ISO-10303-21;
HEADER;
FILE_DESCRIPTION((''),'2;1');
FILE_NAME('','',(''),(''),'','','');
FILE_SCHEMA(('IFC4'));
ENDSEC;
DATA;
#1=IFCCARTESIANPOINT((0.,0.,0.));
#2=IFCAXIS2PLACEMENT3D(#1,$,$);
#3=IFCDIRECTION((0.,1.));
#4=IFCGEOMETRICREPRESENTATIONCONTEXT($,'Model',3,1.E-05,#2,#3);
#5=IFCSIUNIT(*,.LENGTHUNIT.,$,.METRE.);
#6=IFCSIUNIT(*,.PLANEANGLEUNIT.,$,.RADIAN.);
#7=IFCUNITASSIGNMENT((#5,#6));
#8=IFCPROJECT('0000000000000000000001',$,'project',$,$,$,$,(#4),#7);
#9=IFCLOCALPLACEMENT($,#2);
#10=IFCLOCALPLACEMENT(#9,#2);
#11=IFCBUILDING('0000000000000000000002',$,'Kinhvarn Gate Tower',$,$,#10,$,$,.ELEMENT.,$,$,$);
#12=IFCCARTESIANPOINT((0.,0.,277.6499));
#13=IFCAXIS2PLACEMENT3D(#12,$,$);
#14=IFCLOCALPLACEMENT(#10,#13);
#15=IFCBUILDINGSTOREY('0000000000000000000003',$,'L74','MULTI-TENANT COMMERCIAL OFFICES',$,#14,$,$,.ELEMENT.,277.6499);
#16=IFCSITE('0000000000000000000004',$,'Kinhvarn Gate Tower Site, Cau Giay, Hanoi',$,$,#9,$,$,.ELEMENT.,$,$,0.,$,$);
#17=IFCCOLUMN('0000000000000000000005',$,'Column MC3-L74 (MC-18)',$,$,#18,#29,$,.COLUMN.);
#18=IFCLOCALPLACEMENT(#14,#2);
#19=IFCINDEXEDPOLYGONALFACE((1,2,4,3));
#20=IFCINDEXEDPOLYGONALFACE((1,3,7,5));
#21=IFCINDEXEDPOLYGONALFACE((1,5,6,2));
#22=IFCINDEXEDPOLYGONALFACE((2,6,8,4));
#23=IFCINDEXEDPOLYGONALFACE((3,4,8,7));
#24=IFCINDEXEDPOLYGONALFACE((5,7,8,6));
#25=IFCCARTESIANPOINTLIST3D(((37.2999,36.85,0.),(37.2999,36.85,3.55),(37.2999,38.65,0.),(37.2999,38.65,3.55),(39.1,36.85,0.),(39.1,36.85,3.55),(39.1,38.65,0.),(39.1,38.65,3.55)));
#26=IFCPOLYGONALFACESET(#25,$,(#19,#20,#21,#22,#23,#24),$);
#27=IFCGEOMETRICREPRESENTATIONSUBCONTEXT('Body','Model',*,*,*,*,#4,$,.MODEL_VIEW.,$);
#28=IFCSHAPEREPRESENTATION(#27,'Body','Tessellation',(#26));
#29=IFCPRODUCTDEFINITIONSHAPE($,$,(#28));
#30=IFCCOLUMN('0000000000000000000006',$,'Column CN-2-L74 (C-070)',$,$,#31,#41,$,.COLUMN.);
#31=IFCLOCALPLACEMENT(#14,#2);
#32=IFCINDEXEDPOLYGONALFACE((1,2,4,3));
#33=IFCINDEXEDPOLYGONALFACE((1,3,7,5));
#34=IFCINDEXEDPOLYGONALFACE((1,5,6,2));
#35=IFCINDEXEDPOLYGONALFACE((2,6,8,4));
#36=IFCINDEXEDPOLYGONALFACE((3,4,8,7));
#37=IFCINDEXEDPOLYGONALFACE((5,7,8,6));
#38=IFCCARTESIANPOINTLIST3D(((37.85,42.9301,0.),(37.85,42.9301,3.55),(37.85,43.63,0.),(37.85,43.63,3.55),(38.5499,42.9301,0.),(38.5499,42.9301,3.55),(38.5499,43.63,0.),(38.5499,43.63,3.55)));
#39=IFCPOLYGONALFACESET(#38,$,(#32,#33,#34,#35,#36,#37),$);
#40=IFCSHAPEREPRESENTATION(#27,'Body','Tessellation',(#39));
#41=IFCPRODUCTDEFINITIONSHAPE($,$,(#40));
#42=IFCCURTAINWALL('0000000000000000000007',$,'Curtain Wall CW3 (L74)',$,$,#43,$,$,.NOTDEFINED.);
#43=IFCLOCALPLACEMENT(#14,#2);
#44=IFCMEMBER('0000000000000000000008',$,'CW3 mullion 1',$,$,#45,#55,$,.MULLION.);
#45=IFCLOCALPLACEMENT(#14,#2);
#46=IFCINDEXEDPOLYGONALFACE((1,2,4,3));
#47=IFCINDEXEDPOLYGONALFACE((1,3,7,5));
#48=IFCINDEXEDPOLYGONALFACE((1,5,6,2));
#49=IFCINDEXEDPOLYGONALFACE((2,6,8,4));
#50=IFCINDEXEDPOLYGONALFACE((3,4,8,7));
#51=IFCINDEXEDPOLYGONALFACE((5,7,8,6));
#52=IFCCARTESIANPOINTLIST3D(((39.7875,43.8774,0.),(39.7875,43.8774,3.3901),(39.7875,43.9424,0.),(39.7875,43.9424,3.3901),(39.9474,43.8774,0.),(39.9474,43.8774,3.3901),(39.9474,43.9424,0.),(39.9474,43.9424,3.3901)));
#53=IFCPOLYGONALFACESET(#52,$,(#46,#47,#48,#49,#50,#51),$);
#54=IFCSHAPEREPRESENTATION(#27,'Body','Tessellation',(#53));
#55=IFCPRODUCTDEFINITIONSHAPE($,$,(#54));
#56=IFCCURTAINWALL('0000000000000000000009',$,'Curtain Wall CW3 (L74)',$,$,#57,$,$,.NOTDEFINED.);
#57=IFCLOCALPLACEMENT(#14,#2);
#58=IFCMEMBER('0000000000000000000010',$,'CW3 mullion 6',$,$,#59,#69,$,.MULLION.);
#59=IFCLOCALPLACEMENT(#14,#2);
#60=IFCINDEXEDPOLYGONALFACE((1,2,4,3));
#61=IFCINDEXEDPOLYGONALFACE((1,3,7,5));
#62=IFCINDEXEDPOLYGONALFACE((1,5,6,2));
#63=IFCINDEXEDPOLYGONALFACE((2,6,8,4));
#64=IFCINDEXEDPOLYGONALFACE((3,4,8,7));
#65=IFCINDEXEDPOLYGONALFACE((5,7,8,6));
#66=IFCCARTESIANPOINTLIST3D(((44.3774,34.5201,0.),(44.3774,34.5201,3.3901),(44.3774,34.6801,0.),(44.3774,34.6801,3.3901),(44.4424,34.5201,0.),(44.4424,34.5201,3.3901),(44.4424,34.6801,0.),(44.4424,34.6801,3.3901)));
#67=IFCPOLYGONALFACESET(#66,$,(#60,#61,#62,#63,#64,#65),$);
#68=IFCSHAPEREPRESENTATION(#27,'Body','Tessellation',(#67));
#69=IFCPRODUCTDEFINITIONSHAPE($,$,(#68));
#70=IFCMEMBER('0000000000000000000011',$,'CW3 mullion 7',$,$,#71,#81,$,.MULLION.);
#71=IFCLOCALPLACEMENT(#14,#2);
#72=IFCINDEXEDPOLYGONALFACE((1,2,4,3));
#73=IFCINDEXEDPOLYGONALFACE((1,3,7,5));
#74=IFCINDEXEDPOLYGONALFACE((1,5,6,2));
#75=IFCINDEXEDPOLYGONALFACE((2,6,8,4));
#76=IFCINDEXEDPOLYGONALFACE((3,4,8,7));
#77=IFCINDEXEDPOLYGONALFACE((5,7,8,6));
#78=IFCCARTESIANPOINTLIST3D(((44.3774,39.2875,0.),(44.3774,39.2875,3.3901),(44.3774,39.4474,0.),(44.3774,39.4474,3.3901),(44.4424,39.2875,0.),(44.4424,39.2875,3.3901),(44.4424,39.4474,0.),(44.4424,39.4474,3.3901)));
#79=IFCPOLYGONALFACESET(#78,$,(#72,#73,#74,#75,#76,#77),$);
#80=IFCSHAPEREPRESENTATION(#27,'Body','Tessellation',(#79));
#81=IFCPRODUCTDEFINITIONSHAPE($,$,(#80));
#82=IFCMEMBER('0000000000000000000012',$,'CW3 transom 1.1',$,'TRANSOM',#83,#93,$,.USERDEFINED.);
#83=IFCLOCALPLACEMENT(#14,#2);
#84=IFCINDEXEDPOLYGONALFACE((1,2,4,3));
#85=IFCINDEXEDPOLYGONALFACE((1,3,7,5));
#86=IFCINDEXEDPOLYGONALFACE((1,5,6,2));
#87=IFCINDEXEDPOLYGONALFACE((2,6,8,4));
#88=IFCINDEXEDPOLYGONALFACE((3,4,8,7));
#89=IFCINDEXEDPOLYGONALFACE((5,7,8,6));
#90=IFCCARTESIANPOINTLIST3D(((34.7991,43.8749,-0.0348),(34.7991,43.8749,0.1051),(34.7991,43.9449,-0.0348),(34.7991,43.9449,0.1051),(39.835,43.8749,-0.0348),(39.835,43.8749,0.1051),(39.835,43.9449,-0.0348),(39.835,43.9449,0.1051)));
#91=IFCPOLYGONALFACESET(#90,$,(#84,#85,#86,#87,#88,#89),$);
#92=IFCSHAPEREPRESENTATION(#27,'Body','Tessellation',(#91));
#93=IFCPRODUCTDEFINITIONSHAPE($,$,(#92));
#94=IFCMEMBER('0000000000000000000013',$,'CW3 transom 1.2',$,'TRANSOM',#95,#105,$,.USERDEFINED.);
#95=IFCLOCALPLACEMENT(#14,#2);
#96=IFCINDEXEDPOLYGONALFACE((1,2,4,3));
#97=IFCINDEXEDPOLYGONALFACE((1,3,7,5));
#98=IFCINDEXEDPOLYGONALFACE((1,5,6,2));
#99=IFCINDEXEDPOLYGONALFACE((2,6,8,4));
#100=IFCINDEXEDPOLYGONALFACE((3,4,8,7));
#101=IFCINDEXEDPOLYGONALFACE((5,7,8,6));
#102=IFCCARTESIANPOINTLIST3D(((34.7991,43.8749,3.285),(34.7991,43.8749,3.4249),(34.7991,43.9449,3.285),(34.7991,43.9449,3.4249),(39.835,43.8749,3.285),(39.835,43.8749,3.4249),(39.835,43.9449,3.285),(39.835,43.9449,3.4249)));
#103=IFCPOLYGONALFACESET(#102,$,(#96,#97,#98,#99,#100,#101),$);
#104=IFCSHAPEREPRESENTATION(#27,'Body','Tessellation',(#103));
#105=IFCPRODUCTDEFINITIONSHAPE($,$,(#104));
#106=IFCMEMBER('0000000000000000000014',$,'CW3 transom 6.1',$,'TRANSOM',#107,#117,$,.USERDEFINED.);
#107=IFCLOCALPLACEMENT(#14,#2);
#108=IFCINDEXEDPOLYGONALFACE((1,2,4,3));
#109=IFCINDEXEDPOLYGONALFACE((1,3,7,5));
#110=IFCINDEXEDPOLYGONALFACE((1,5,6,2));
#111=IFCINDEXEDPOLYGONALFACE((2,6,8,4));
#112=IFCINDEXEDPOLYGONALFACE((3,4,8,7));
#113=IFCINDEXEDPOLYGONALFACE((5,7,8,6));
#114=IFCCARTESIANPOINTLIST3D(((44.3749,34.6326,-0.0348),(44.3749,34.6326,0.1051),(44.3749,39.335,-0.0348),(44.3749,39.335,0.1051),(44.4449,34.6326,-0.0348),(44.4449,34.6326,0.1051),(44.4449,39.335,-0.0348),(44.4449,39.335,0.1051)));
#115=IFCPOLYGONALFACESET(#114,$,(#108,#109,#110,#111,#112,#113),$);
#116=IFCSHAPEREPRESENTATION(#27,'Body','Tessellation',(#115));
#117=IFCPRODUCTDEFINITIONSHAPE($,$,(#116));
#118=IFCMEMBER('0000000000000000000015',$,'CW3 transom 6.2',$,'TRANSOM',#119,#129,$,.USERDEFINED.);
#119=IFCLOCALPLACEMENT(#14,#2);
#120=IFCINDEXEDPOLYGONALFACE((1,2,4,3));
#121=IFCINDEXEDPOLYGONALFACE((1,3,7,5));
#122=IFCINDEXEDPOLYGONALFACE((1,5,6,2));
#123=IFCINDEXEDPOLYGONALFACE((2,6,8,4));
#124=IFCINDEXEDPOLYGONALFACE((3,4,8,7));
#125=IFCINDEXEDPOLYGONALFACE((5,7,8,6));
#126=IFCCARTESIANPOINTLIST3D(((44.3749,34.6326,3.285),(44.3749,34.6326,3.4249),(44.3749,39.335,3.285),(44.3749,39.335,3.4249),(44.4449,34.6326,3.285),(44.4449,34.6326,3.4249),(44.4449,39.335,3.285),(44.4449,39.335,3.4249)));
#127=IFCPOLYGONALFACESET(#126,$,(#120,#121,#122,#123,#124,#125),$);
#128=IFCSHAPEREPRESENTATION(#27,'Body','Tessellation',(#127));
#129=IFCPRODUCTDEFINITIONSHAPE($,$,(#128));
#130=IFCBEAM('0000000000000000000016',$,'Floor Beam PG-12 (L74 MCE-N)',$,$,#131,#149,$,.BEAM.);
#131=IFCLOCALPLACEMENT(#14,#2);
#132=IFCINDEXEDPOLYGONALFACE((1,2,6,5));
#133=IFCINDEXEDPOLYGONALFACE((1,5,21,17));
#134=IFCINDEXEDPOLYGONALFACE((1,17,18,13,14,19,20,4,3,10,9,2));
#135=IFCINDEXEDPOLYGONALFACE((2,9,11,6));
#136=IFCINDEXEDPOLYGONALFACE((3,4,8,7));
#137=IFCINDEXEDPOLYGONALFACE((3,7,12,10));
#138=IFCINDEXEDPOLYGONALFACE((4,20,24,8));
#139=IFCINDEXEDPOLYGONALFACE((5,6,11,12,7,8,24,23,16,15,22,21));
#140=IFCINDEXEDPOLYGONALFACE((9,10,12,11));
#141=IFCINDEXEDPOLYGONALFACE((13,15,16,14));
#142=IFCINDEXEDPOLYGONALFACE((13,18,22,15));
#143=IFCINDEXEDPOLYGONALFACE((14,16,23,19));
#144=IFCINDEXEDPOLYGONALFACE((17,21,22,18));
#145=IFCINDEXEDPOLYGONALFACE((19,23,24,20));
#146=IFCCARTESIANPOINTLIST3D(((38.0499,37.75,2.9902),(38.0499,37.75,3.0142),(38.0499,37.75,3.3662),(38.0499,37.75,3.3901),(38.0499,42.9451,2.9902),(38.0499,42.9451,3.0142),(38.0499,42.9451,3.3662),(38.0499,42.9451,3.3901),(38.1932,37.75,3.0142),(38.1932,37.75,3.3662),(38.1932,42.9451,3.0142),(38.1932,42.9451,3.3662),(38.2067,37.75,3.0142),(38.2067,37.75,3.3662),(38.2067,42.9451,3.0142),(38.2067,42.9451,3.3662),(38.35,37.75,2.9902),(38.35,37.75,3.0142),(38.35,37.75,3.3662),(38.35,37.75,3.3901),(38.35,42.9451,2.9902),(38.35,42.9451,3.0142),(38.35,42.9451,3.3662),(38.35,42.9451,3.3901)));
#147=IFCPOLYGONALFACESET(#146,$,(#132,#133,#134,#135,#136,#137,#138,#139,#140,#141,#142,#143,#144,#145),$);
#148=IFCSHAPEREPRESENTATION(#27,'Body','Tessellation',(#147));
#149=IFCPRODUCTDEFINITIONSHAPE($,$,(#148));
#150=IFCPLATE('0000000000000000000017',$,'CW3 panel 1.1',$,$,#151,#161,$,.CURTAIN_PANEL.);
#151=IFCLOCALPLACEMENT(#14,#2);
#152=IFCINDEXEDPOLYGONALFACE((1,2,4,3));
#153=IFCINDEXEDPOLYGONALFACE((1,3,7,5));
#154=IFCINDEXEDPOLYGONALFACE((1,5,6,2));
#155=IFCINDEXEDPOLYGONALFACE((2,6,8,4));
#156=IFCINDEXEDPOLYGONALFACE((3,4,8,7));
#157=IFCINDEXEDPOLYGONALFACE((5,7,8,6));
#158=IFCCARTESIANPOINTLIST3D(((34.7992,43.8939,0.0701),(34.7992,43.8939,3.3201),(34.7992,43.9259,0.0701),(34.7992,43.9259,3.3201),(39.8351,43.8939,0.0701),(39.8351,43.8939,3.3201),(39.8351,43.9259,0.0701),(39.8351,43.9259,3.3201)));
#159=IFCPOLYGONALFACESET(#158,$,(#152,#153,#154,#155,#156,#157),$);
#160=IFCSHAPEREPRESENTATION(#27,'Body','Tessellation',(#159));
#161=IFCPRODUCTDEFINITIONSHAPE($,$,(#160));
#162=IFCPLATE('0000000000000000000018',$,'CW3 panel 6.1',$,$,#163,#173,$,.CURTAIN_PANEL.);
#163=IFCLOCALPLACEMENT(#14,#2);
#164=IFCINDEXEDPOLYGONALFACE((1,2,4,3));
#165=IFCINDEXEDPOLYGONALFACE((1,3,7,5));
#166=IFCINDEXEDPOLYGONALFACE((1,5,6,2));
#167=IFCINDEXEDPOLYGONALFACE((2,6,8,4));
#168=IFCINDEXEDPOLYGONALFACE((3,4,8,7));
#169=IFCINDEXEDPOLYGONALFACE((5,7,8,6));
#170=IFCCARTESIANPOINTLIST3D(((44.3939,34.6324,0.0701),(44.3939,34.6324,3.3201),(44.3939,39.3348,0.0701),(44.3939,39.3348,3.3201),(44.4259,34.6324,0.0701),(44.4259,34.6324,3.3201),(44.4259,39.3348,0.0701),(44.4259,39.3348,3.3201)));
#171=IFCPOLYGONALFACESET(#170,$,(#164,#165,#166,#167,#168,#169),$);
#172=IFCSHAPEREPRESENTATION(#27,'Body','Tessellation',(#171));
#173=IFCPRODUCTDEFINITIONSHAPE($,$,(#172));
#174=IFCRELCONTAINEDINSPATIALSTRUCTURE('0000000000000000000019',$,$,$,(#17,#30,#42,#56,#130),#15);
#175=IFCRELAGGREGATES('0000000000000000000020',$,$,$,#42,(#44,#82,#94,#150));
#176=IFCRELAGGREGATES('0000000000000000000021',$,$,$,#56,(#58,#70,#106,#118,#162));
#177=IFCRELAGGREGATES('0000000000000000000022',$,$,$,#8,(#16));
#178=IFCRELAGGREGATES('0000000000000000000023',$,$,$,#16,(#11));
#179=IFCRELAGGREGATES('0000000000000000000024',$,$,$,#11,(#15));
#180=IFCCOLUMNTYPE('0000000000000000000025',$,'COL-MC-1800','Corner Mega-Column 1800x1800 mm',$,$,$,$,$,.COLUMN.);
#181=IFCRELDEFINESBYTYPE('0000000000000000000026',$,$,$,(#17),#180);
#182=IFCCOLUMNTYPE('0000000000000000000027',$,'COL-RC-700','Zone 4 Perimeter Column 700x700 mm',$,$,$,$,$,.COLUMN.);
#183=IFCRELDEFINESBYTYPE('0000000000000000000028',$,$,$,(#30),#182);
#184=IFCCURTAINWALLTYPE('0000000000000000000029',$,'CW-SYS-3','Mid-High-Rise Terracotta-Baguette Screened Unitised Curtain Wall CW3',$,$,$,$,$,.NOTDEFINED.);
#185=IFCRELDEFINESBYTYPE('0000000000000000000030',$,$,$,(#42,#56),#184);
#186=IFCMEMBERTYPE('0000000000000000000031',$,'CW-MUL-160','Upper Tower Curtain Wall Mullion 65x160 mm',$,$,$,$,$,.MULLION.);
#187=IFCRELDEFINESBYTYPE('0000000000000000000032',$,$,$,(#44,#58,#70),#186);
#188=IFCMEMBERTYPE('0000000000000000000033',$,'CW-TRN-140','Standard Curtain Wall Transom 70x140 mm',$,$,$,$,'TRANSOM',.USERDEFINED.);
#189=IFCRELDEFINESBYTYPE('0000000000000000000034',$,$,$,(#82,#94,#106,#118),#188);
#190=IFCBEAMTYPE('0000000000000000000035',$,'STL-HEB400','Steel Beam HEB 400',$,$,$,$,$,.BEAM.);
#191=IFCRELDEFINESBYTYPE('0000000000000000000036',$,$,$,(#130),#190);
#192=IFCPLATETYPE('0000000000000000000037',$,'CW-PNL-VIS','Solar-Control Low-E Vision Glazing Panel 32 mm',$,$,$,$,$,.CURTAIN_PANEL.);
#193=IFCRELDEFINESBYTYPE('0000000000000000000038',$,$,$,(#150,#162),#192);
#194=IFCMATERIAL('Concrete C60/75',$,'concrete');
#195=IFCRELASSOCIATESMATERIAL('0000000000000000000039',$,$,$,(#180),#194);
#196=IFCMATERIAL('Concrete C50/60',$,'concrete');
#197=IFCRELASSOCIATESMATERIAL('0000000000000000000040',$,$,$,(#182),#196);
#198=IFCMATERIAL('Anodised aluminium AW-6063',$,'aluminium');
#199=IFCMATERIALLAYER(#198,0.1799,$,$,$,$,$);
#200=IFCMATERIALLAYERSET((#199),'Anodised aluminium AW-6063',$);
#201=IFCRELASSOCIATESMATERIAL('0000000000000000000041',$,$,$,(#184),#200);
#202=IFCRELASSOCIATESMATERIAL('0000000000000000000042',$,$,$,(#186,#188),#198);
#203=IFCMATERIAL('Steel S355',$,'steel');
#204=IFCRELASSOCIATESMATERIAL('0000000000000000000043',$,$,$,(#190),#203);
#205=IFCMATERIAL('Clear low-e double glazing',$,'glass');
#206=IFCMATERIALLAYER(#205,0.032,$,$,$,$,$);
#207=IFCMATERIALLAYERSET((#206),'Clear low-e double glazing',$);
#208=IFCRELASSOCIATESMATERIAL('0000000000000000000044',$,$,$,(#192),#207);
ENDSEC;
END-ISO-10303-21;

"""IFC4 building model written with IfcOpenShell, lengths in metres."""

from ifc_helpers import new_model, si_unit, direction, frame, origin, origin_2d, place, context, subcontext, project, spatial, rectangle, i_section, extrude, material, layer, layer_set, material_profile, profile_set, type_object, element, aggregate, save


model = new_model("IFC4")

# Units and contexts
model_context = context("Model", 3, precision=1e-05, world=origin(), true_north=direction((0.0, 1.0)))
body_context = subcontext(model_context, "Body", "Model", "MODEL_VIEW")
ifc_project = project(units=[si_unit("LENGTHUNIT", "METRE"), si_unit("PLANEANGLEUNIT", "RADIAN")], contexts=[model_context])

# Site, building, storey
site_placement = place(None, origin())
site = spatial("IfcSite", under=ifc_project, at=site_placement, Name="Kinhvarn Gate Tower Site, Cau Giay, Hanoi", CompositionType="ELEMENT", RefElevation=0.0)
building_placement = place(site_placement, origin())
building = spatial("IfcBuilding", under=site, at=building_placement, Name="Kinhvarn Gate Tower", CompositionType="ELEMENT")
storey_placement = place(building_placement, frame((0.0, 0.0, 277.6499)))
storey = spatial("IfcBuildingStorey", under=building, at=storey_placement, Name="L74", Description="MULTI-TENANT COMMERCIAL OFFICES", CompositionType="ELEMENT", Elevation=277.6499)

# Columns
ifc_material_1 = material(Name="Concrete C60/75", Category="concrete")
ifc_material_profile_1 = material_profile(ifc_material_1, rectangle(XDim=1.8, YDim=1.8, at=origin_2d()), Name="RC 1800x1800")
ifc_profile_set_1 = profile_set([ifc_material_profile_1], Name="Concrete C60/75")
column_type_1 = type_object("IfcColumnType", Name="COL-MC-1800", Description="Corner Mega-Column 1800x1800 mm", PredefinedType="COLUMN", material=ifc_profile_set_1)
column_1_placement = place(storey_placement, frame((38.2, 37.75, 0.0), z_axis=(0.0, 0.0, 1.0), x_axis=(1.0, 0.0, 0.0)))
element("IfcColumn", 1, at=column_1_placement, inside=storey, type_object=column_type_1, Name="Column MC3-L74 (MC-18)", PredefinedType="COLUMN", context=body_context, shape_type="SweptSolid", body=[
    extrude(rectangle(XDim=1.8, YDim=1.8, at=origin_2d()), origin(), (0.0, 0.0, 1.0), 3.55),
])
ifc_material_2 = material(Name="Concrete C50/60", Category="concrete")
ifc_material_profile_2 = material_profile(ifc_material_2, rectangle(XDim=0.7, YDim=0.7, at=origin_2d()), Name="RC 700x700")
ifc_profile_set_2 = profile_set([ifc_material_profile_2], Name="Concrete C50/60")
column_type_2 = type_object("IfcColumnType", Name="COL-RC-700", Description="Zone 4 Perimeter Column 700x700 mm", PredefinedType="COLUMN", material=ifc_profile_set_2)
column_2_placement = place(storey_placement, frame((38.2, 43.28, 0.0), z_axis=(0.0, 0.0, 1.0), x_axis=(1.0, 0.0, 0.0)))
element("IfcColumn", 2, at=column_2_placement, inside=storey, type_object=column_type_2, Name="Column CN-2-L74 (C-070)", PredefinedType="COLUMN", context=body_context, shape_type="SweptSolid", body=[
    extrude(rectangle(XDim=0.7, YDim=0.7, at=origin_2d()), origin(), (0.0, 0.0, 1.0), 3.55),
])

# Curtain wall, member
ifc_material_3 = material(Name="Anodised aluminium AW-6063", Category="aluminium")
ifc_layer_1 = layer(ifc_material_3, 0.1799)
ifc_layer_set_1 = layer_set([ifc_layer_1], Name="Anodised aluminium AW-6063")
curtain_wall_type = type_object("IfcCurtainWallType", Name="CW-SYS-3", Description="Mid-High-Rise Terracotta-Baguette Screened Unitised Curtain Wall CW3", PredefinedType="NOTDEFINED", material=ifc_layer_set_1)
curtain_wall_1_placement = place(storey_placement, origin())
curtain_wall_1 = element("IfcCurtainWall", 3, at=curtain_wall_1_placement, inside=storey, type_object=curtain_wall_type, Name="Curtain Wall CW3 (L74)", PredefinedType="NOTDEFINED")
ifc_material_profile_3 = material_profile(ifc_material_3, rectangle(XDim=0.0649, YDim=0.1599, at=origin_2d()), Name="ALU 65x160")
ifc_profile_set_3 = profile_set([ifc_material_profile_3], Name="Anodised aluminium AW-6063")
member_type_1 = type_object("IfcMemberType", Name="CW-MUL-160", Description="Upper Tower Curtain Wall Mullion 65x160 mm", PredefinedType="MULLION", material=ifc_profile_set_3)
member_1_placement = place(storey_placement, frame((39.8674, 43.9099, 0.0), z_axis=(0.0, 0.0, 1.0), x_axis=(0.0, -1.0, 0.0)))
member_1 = element("IfcMember", 4, at=member_1_placement, type_object=member_type_1, Name="CW3 mullion 1", PredefinedType="MULLION", context=body_context, shape_type="SweptSolid", body=[
    extrude(rectangle(XDim=0.0649, YDim=0.1599, at=origin_2d()), origin(), (0.0, 0.0, 1.0), 3.3901),
])

# Curtain wall, members
curtain_wall_2_placement = place(storey_placement, origin())
curtain_wall_2 = element("IfcCurtainWall", 5, at=curtain_wall_2_placement, inside=storey, type_object=curtain_wall_type, Name="Curtain Wall CW3 (L74)", PredefinedType="NOTDEFINED")
member_2_placement = place(storey_placement, frame((44.4099, 34.6001, 0.0), z_axis=(0.0, 0.0, 1.0), x_axis=(-1.0, 0.0, 0.0)))
member_2 = element("IfcMember", 6, at=member_2_placement, type_object=member_type_1, Name="CW3 mullion 6", PredefinedType="MULLION", context=body_context, shape_type="SweptSolid", body=[
    extrude(rectangle(XDim=0.0649, YDim=0.1599, at=origin_2d()), origin(), (0.0, 0.0, 1.0), 3.3901),
])
member_3_placement = place(storey_placement, frame((44.4099, 39.3674, 0.0), z_axis=(0.0, 0.0, 1.0), x_axis=(-1.0, 0.0, 0.0)))
member_3 = element("IfcMember", 7, at=member_3_placement, type_object=member_type_1, Name="CW3 mullion 7", PredefinedType="MULLION", context=body_context, shape_type="SweptSolid", body=[
    extrude(rectangle(XDim=0.0649, YDim=0.1599, at=origin_2d()), origin(), (0.0, 0.0, 1.0), 3.3901),
])

# Members
ifc_material_profile_4 = material_profile(ifc_material_3, rectangle(XDim=0.0701, YDim=0.1399, at=origin_2d()), Name="ALU 70x140")
ifc_profile_set_4 = profile_set([ifc_material_profile_4], Name="Anodised aluminium AW-6063")
member_type_2 = type_object("IfcMemberType", Name="CW-TRN-140", Description="Standard Curtain Wall Transom 70x140 mm", ElementType="TRANSOM", PredefinedType="USERDEFINED", material=ifc_profile_set_4)
member_4_placement = place(storey_placement, frame((39.835, 43.9099, 0.0352), z_axis=(-1.0, 0.0, 0.0), x_axis=(0.0, -1.0, 0.0)))
member_4 = element("IfcMember", 8, at=member_4_placement, type_object=member_type_2, Name="CW3 transom 1.1", ObjectType="TRANSOM", PredefinedType="USERDEFINED", context=body_context, shape_type="SweptSolid", body=[
    extrude(rectangle(XDim=0.0701, YDim=0.1399, at=origin_2d()), origin(), (0.0, 0.0, 1.0), 5.0359),
])
member_5_placement = place(storey_placement, frame((39.835, 43.9099, 3.355), z_axis=(-1.0, 0.0, 0.0), x_axis=(0.0, -1.0, 0.0)))
member_5 = element("IfcMember", 9, at=member_5_placement, type_object=member_type_2, Name="CW3 transom 1.2", ObjectType="TRANSOM", PredefinedType="USERDEFINED", context=body_context, shape_type="SweptSolid", body=[
    extrude(rectangle(XDim=0.0701, YDim=0.1399, at=origin_2d()), origin(), (0.0, 0.0, 1.0), 5.0359),
])
member_6_placement = place(storey_placement, frame((44.4099, 34.6326, 0.0352), z_axis=(0.0, 1.0, 0.0), x_axis=(-1.0, 0.0, 0.0)))
member_6 = element("IfcMember", 10, at=member_6_placement, type_object=member_type_2, Name="CW3 transom 6.1", ObjectType="TRANSOM", PredefinedType="USERDEFINED", context=body_context, shape_type="SweptSolid", body=[
    extrude(rectangle(XDim=0.0701, YDim=0.1399, at=origin_2d()), origin(), (0.0, 0.0, 1.0), 4.7024),
])
member_7_placement = place(storey_placement, frame((44.4099, 34.6326, 3.355), z_axis=(0.0, 1.0, 0.0), x_axis=(-1.0, 0.0, 0.0)))
member_7 = element("IfcMember", 11, at=member_7_placement, type_object=member_type_2, Name="CW3 transom 6.2", ObjectType="TRANSOM", PredefinedType="USERDEFINED", context=body_context, shape_type="SweptSolid", body=[
    extrude(rectangle(XDim=0.0701, YDim=0.1399, at=origin_2d()), origin(), (0.0, 0.0, 1.0), 4.7024),
])

# Beam
ifc_material_4 = material(Name="Steel S355", Category="steel")
ifc_material_profile_5 = material_profile(ifc_material_4, i_section(OverallWidth=0.3, OverallDepth=0.3999, WebThickness=0.0134, FlangeThickness=0.0239, at=origin_2d()), Name="HEB 400")
ifc_profile_set_5 = profile_set([ifc_material_profile_5], Name="Steel S355")
beam_type = type_object("IfcBeamType", Name="STL-HEB400", Description="Steel Beam HEB 400", PredefinedType="BEAM", material=ifc_profile_set_5)
beam_placement = place(storey_placement, frame((38.2, 37.75, 3.1902), z_axis=(0.0, 1.0, 0.0), x_axis=(-1.0, 0.0, 0.0)))
element("IfcBeam", 12, at=beam_placement, inside=storey, type_object=beam_type, Name="Floor Beam PG-12 (L74 MCE-N)", PredefinedType="BEAM", context=body_context, shape_type="SweptSolid", body=[
    extrude(i_section(OverallWidth=0.3, OverallDepth=0.3999, WebThickness=0.0134, FlangeThickness=0.0239, at=origin_2d()), origin(), (0.0, 0.0, 1.0), 5.1951),
])

# Plates
ifc_material_5 = material(Name="Clear low-e double glazing", Category="glass")
ifc_layer_2 = layer(ifc_material_5, 0.032)
ifc_layer_set_2 = layer_set([ifc_layer_2], Name="Clear low-e double glazing")
plate_type = type_object("IfcPlateType", Name="CW-PNL-VIS", Description="Solar-Control Low-E Vision Glazing Panel 32 mm", PredefinedType="CURTAIN_PANEL", material=ifc_layer_set_2)
plate_1_placement = place(storey_placement, frame((37.3171, 43.9099, 0.0701), z_axis=(0.0, 0.0, 1.0), x_axis=(-1.0, 0.0, 0.0)))
plate_1 = element("IfcPlate", 13, at=plate_1_placement, type_object=plate_type, Name="CW3 panel 1.1", PredefinedType="CURTAIN_PANEL", context=body_context, shape_type="SweptSolid", body=[
    extrude(rectangle(XDim=5.0359, YDim=0.032, at=origin_2d()), origin(), (0.0, 0.0, 1.0), 3.25),
])
aggregate(curtain_wall_1, [member_1, member_4, member_5, plate_1])
plate_2_placement = place(storey_placement, frame((44.4099, 36.9836, 0.0701), z_axis=(0.0, 0.0, 1.0), x_axis=(0.0, 1.0, 0.0)))
plate_2 = element("IfcPlate", 14, at=plate_2_placement, type_object=plate_type, Name="CW3 panel 6.1", PredefinedType="CURTAIN_PANEL", context=body_context, shape_type="SweptSolid", body=[
    extrude(rectangle(XDim=4.7024, YDim=0.032, at=origin_2d()), origin(), (0.0, 0.0, 1.0), 3.25),
])
aggregate(curtain_wall_2, [member_2, member_3, member_6, member_7, plate_2])

save(model, "model.ifc")
